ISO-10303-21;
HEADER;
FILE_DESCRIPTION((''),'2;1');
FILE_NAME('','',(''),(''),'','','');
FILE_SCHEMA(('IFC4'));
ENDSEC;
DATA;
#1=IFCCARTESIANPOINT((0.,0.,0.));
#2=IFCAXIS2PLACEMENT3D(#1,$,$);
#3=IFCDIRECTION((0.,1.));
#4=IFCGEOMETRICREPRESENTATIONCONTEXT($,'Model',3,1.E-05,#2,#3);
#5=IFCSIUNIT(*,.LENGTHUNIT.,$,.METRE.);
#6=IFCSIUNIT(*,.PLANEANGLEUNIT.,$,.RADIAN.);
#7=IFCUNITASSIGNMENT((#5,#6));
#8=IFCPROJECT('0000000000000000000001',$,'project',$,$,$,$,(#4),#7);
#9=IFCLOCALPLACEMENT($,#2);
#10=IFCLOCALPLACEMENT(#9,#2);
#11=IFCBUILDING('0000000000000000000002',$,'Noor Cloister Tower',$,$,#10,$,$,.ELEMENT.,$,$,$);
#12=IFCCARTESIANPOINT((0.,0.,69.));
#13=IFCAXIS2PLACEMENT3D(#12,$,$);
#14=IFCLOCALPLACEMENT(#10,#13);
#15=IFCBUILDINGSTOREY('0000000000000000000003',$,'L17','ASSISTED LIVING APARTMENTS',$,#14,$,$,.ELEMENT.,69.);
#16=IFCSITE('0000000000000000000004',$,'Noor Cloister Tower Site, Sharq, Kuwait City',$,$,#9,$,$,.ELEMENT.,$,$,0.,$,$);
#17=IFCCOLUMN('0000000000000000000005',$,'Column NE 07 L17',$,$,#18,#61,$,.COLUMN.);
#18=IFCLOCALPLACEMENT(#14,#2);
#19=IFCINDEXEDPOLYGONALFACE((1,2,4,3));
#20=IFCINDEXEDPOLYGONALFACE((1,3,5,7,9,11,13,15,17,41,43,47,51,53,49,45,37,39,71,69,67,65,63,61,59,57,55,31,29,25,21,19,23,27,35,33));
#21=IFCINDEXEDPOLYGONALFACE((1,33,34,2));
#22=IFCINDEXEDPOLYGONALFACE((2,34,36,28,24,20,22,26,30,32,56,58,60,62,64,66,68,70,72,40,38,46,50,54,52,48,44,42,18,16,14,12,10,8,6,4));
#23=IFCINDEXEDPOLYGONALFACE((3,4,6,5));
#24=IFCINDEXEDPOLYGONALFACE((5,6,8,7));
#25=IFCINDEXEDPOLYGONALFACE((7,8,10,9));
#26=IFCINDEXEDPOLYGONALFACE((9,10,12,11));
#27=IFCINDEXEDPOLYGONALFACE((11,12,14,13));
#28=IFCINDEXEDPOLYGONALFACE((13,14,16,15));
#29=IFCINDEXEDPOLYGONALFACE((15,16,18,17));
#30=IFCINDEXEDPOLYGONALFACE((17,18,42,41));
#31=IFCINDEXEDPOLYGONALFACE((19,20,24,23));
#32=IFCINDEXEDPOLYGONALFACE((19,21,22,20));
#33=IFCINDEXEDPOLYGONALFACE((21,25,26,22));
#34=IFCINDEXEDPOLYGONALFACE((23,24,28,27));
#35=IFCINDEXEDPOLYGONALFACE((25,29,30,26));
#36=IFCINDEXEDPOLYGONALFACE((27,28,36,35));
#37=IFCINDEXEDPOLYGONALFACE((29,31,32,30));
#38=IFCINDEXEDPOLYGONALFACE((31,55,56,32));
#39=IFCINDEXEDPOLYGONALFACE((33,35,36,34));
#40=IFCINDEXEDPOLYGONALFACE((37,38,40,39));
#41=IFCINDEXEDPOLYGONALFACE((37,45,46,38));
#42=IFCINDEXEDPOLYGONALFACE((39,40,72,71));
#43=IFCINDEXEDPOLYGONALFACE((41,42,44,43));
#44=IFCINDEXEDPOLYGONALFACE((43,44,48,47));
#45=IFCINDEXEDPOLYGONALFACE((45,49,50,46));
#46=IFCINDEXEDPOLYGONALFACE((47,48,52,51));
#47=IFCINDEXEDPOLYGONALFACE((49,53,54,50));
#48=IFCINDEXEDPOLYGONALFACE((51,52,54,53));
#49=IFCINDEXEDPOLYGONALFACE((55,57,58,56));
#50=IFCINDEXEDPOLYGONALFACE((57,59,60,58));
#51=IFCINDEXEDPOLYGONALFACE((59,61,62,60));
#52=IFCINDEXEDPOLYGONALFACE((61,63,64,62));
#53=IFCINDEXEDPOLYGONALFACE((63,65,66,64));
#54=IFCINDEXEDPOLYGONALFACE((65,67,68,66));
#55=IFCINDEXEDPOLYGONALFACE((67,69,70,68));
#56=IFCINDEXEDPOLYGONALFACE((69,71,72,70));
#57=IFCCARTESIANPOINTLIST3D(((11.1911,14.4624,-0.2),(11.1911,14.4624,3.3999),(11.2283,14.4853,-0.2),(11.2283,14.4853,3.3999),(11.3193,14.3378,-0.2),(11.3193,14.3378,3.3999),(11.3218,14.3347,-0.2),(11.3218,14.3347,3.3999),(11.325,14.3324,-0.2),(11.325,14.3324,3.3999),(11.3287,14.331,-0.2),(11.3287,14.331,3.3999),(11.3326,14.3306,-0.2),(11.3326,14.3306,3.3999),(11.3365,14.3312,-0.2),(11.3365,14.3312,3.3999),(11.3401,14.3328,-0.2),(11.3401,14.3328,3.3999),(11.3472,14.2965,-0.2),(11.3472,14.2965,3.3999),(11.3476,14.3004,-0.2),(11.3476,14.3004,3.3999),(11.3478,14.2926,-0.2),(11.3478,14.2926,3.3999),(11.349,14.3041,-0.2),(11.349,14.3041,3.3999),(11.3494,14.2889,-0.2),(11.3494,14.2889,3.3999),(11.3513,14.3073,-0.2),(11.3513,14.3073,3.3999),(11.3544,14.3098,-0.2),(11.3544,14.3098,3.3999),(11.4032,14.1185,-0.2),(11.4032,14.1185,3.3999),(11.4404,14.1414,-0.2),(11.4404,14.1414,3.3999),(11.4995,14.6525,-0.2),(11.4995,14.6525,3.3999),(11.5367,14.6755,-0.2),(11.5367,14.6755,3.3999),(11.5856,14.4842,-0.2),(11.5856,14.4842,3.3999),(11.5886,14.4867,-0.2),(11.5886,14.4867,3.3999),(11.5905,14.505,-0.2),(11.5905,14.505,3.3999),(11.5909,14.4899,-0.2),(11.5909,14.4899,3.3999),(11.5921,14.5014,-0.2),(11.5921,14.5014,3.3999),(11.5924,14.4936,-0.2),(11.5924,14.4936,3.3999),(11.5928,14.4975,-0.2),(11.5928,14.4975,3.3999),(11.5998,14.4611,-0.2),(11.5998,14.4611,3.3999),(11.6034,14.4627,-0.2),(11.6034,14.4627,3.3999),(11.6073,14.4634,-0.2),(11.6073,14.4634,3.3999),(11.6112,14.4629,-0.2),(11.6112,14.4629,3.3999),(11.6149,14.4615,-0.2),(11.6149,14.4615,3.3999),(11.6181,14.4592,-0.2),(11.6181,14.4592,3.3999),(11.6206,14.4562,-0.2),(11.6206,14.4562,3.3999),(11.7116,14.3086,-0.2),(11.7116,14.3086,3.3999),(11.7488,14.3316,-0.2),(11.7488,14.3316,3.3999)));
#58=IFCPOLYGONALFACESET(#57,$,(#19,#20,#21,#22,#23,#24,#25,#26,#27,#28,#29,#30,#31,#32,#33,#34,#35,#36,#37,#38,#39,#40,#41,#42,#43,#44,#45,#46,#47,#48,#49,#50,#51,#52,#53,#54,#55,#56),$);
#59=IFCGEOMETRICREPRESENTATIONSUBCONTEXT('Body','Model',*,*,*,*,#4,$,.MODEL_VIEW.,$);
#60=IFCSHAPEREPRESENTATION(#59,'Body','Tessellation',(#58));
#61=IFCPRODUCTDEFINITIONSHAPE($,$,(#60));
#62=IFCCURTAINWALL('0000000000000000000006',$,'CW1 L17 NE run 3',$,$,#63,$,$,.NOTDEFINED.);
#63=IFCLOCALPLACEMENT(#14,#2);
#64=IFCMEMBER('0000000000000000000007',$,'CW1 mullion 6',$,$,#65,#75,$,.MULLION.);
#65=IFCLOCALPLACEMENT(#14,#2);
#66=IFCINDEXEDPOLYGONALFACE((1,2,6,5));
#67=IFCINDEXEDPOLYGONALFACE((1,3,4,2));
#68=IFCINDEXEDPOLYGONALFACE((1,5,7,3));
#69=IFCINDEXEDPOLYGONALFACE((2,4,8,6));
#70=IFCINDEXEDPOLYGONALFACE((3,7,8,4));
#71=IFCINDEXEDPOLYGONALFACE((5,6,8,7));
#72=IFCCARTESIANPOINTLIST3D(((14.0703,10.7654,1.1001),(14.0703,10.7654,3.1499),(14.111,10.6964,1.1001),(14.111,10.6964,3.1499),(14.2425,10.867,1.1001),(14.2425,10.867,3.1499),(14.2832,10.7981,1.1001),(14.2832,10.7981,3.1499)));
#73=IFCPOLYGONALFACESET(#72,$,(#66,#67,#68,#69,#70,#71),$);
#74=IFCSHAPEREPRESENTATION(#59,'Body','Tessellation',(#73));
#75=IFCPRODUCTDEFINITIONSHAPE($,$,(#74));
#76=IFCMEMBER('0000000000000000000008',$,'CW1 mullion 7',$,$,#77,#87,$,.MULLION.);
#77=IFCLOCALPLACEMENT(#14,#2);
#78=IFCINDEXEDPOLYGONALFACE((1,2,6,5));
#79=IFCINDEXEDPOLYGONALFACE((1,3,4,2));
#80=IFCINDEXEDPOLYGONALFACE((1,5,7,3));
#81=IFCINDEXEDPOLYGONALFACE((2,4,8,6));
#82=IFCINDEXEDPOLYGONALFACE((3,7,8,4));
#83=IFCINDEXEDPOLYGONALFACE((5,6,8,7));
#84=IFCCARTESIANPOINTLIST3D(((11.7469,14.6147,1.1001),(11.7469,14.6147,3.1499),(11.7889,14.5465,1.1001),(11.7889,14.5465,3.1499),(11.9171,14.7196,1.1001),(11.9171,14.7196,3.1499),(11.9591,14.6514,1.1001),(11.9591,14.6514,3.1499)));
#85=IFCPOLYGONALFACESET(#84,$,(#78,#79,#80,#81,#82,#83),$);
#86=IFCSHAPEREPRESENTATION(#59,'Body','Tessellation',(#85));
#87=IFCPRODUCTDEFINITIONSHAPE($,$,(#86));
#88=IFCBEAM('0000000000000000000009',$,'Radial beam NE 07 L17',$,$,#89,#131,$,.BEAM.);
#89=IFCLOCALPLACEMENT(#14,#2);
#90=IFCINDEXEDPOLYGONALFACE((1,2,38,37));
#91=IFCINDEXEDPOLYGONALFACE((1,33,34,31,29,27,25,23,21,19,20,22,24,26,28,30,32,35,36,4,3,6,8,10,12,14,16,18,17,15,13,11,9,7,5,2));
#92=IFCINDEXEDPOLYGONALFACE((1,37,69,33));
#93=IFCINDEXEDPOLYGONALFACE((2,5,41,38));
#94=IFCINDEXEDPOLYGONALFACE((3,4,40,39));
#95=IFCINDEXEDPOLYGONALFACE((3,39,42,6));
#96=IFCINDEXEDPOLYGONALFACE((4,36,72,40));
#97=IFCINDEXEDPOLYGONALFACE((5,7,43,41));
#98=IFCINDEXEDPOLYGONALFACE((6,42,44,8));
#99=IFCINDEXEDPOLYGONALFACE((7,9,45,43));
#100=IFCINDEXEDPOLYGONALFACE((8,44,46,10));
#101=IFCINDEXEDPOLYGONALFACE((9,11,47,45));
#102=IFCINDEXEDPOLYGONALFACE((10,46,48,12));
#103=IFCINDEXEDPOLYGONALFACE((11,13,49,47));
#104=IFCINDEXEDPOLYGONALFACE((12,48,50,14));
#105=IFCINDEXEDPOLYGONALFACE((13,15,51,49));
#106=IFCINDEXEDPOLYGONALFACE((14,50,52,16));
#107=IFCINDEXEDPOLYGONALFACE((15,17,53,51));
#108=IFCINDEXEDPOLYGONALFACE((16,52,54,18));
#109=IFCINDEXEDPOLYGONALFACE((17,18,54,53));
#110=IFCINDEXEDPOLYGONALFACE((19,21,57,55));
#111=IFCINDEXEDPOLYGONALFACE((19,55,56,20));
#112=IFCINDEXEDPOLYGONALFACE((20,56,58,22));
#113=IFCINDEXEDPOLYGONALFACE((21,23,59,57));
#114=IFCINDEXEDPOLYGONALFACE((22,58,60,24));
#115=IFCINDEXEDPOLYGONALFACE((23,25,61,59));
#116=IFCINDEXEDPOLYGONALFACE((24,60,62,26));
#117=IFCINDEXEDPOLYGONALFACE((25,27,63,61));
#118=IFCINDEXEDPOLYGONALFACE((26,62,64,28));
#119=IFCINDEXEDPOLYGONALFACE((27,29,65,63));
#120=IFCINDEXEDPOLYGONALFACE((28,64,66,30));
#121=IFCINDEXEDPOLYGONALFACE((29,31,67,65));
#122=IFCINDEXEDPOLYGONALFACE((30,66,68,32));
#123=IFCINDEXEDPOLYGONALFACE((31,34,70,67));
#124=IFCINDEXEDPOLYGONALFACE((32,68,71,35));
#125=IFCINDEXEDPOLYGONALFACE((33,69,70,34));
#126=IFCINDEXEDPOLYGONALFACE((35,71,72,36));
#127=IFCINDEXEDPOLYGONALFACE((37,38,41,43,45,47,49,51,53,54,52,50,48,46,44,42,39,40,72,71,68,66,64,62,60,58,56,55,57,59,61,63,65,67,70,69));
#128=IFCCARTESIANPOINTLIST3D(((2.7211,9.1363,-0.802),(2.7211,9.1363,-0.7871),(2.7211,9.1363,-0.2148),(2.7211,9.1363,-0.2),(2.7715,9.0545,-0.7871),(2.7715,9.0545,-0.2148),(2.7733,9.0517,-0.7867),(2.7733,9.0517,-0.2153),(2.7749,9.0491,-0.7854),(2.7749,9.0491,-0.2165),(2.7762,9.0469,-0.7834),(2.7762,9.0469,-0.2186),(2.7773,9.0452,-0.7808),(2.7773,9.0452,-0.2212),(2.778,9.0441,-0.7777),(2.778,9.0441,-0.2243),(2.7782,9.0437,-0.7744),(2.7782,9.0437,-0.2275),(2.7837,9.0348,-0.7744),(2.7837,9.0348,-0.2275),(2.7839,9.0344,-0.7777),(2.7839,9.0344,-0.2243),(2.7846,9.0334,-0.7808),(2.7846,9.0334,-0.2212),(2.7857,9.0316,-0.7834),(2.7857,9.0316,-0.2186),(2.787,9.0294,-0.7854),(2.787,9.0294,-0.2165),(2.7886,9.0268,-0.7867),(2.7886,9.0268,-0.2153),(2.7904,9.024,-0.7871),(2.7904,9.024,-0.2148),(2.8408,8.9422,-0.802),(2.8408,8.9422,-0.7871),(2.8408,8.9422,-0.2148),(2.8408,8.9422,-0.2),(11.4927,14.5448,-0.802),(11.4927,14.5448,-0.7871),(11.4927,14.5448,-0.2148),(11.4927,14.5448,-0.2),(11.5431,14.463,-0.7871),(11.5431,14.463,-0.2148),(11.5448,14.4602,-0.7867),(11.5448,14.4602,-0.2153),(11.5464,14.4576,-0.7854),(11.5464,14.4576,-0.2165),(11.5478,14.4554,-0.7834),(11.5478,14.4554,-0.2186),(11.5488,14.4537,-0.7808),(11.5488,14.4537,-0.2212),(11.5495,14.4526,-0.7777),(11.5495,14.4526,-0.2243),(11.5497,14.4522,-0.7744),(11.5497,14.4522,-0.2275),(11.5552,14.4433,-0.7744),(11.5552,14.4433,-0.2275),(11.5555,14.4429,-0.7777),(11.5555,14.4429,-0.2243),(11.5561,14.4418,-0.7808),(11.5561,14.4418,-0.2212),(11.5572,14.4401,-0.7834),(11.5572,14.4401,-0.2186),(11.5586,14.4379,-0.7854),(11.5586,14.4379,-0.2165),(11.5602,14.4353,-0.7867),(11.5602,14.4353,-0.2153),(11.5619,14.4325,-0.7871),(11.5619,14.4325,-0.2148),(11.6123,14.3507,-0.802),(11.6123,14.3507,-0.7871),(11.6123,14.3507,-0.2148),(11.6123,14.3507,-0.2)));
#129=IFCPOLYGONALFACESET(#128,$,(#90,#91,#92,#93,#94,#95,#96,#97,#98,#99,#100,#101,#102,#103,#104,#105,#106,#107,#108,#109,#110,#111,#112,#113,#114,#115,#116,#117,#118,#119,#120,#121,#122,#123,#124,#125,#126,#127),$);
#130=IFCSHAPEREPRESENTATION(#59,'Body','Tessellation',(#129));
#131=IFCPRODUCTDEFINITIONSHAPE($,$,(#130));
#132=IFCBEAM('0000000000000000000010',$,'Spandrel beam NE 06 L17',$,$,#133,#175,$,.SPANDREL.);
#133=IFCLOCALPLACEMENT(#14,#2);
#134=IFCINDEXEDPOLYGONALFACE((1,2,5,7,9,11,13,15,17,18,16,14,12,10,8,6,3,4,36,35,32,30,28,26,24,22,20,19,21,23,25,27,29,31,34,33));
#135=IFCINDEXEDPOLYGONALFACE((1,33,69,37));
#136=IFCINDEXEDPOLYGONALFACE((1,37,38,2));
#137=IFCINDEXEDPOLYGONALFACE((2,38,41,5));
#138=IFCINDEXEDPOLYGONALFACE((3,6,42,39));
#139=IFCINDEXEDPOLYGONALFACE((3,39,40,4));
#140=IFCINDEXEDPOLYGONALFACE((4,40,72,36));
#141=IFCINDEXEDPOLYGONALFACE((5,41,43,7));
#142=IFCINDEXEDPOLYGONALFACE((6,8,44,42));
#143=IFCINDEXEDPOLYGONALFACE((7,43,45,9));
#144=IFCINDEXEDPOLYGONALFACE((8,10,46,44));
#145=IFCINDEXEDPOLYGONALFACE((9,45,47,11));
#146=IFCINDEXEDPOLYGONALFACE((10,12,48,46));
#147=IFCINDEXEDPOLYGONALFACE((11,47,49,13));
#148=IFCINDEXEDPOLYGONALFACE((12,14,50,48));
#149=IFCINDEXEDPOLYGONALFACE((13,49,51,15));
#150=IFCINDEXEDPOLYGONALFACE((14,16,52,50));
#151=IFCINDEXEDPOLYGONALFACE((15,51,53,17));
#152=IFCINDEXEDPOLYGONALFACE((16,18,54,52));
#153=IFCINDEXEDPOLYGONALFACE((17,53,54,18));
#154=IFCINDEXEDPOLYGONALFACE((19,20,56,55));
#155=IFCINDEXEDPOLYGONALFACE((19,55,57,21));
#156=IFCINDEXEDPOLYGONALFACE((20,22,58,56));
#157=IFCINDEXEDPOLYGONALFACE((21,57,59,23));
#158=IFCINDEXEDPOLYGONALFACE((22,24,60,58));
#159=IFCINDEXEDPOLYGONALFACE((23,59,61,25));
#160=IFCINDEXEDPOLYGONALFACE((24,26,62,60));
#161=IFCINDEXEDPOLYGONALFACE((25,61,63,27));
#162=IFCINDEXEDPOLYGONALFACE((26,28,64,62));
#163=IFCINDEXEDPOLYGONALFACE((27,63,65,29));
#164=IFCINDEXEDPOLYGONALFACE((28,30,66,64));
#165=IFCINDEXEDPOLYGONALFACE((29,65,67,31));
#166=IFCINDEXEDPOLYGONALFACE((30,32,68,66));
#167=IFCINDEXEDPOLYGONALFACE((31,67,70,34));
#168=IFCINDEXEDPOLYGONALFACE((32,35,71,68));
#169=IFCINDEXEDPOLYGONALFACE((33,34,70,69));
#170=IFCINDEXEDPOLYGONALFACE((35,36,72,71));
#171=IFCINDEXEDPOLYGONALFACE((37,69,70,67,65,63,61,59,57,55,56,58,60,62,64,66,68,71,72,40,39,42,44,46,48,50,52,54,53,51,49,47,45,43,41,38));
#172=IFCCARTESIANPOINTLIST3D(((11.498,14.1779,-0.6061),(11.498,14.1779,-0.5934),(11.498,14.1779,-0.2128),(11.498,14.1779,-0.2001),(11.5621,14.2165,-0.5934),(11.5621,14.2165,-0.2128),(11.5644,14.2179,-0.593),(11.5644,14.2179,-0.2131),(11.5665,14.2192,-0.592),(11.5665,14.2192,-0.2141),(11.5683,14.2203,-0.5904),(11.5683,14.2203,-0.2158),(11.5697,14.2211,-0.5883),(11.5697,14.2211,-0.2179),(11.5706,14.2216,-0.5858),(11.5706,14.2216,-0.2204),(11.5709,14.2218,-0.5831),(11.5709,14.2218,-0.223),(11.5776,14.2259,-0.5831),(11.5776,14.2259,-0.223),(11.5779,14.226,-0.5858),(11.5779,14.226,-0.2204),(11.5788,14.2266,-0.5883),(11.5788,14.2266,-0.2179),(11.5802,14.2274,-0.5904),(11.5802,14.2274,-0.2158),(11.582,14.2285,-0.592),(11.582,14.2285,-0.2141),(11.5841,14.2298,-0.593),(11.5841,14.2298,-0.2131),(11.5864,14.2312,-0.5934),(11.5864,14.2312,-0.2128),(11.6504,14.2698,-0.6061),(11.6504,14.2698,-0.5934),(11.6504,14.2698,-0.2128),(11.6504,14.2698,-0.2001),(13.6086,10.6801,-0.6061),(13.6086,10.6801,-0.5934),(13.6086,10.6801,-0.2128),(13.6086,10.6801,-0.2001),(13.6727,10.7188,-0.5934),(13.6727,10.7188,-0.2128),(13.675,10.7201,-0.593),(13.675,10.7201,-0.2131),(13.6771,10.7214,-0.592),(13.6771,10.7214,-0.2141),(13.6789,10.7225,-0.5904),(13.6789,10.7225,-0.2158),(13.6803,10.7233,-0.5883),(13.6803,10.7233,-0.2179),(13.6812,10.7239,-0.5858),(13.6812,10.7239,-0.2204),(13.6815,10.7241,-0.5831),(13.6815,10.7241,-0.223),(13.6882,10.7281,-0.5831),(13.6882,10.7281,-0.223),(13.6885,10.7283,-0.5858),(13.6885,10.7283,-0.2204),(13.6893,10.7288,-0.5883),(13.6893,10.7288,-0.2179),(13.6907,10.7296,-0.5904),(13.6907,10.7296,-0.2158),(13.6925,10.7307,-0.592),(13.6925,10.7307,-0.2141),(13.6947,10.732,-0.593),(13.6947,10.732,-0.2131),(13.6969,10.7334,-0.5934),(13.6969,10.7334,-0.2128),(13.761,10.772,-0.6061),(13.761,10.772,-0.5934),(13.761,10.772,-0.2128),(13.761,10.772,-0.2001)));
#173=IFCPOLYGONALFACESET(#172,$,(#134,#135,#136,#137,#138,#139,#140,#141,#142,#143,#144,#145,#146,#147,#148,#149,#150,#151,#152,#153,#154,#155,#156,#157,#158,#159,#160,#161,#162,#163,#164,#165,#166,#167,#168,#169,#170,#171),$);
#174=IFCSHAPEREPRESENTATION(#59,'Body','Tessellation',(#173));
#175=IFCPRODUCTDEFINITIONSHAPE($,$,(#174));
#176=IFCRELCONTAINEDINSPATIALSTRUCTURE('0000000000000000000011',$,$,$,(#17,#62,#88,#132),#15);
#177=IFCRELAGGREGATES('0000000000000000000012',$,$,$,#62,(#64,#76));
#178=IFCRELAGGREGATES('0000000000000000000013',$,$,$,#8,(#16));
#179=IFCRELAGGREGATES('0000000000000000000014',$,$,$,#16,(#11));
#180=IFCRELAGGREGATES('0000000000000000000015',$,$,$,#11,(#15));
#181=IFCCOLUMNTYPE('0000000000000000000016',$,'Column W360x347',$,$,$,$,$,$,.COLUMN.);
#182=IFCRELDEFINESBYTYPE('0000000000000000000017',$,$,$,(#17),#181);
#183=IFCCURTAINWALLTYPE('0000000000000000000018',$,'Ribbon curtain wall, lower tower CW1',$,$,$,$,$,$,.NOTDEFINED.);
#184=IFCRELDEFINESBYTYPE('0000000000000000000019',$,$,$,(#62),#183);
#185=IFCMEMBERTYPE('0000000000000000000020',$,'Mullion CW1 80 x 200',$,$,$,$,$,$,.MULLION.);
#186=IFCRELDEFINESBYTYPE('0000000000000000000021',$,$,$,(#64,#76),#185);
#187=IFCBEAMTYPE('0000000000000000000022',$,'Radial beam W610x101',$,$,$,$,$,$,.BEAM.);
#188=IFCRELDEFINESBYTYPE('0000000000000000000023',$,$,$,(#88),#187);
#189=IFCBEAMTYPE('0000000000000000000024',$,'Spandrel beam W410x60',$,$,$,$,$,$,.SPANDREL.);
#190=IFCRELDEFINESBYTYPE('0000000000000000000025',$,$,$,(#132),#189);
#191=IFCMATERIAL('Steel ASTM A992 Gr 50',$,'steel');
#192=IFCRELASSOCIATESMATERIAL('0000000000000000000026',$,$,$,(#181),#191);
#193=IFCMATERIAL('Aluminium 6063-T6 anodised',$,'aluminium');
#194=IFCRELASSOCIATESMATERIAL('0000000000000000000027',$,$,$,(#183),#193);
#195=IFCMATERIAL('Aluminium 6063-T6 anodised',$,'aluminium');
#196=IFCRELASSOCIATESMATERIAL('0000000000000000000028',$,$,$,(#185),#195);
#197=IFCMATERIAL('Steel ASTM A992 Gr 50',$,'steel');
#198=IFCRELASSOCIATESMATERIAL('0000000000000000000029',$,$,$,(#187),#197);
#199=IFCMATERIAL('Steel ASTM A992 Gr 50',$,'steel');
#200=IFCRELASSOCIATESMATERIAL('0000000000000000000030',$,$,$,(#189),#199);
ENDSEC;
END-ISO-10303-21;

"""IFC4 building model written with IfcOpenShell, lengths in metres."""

from ifc_helpers import new_model, si_unit, direction, frame, origin, origin_2d, place, context, subcontext, project, spatial, rectangle, i_section, extrude, material, material_profile, profile_set, type_object, element, aggregate, save


model = new_model("IFC4")

# Units and contexts
model_context = context("Model", 3, precision=1e-05, world=origin(), true_north=direction((0.0, 1.0)))
body_context = subcontext(model_context, "Body", "Model", "MODEL_VIEW")
ifc_project = project(units=[si_unit("LENGTHUNIT", "METRE"), si_unit("PLANEANGLEUNIT", "RADIAN")], contexts=[model_context])

# Site, building, storey
site_placement = place(None, origin())
site = spatial("IfcSite", under=ifc_project, at=site_placement, Name="Noor Cloister Tower Site, Sharq, Kuwait City", CompositionType="ELEMENT", RefElevation=0.0)
building_placement = place(site_placement, origin())
building = spatial("IfcBuilding", under=site, at=building_placement, Name="Noor Cloister Tower", CompositionType="ELEMENT")
storey_placement = place(building_placement, frame((0.0, 0.0, 69.0)))
storey = spatial("IfcBuildingStorey", under=building, at=storey_placement, Name="L17", Description="ASSISTED LIVING APARTMENTS", CompositionType="ELEMENT", Elevation=69.0)

# Column
ifc_material_1 = material(Name="Steel ASTM A992 Gr 50", Category="steel")
ifc_material_profile_1 = material_profile(ifc_material_1, i_section(OverallWidth=0.4041, OverallDepth=0.406, WebThickness=0.0271, FlangeThickness=0.0437, FilletRadius=0.0151, at=origin_2d()), Name="W360x347")
ifc_profile_set_1 = profile_set([ifc_material_profile_1], Name="Steel ASTM A992 Gr 50")
column_type = type_object("IfcColumnType", Name="Column W360x347", PredefinedType="COLUMN", material=ifc_profile_set_1)
column_placement = place(storey_placement, frame((11.47, 14.397, -0.2), z_axis=(0.0, 0.0, 1.0), x_axis=(-0.524849, 0.851196, 0.0)))
element("IfcColumn", 1, at=column_placement, inside=storey, type_object=column_type, Name="Column NE 07 L17", PredefinedType="COLUMN", context=body_context, shape_type="SweptSolid", body=[
    extrude(i_section(OverallWidth=0.4041, OverallDepth=0.406, WebThickness=0.0271, FlangeThickness=0.0437, FilletRadius=0.0151, at=origin_2d()), origin(), (0.0, 0.0, 1.0), 3.5999),
])

# Curtain wall, members
ifc_material_2 = material(Name="Aluminium 6063-T6 anodised", Category="aluminium")
curtain_wall_type = type_object("IfcCurtainWallType", Name="Ribbon curtain wall, lower tower CW1", PredefinedType="NOTDEFINED", material=ifc_material_2)
curtain_wall_placement = place(storey_placement, origin())
curtain_wall = element("IfcCurtainWall", 2, at=curtain_wall_placement, inside=storey, type_object=curtain_wall_type, Name="CW1 L17 NE run 3", PredefinedType="NOTDEFINED")
ifc_material_3 = material(Name="Aluminium 6063-T6 anodised", Category="aluminium")
ifc_material_profile_2 = material_profile(ifc_material_3, rectangle(XDim=0.2, YDim=0.0801, at=origin_2d()), Name="200 x 80 mullion")
ifc_profile_set_2 = profile_set([ifc_material_profile_2], Name="Aluminium 6063-T6 anodised")
member_type = type_object("IfcMemberType", Name="Mullion CW1 80 x 200", PredefinedType="MULLION", material=ifc_profile_set_2)
member_1_placement = place(storey_placement, frame((14.1768, 10.7817, 1.1001), z_axis=(0.0, 0.0, 1.0), x_axis=(-0.861162, -0.50833, 0.0)))
member_1 = element("IfcMember", 3, at=member_1_placement, type_object=member_type, Name="CW1 mullion 6", PredefinedType="MULLION", context=body_context, shape_type="SweptSolid", body=[
    extrude(rectangle(XDim=0.2, YDim=0.0801, at=origin_2d()), origin(), (0.0, 0.0, 1.0), 2.0498),
])
member_2_placement = place(storey_placement, frame((11.853, 14.6331, 1.1001), z_axis=(0.0, 0.0, 1.0), x_axis=(-0.851196, -0.524849, 0.0)))
member_2 = element("IfcMember", 4, at=member_2_placement, type_object=member_type, Name="CW1 mullion 7", PredefinedType="MULLION", context=body_context, shape_type="SweptSolid", body=[
    extrude(rectangle(XDim=0.2, YDim=0.0801, at=origin_2d()), origin(), (0.0, 0.0, 1.0), 2.0498),
])

# Beams
ifc_material_4 = material(Name="Steel ASTM A992 Gr 50", Category="steel")
ifc_material_profile_3 = material_profile(ifc_material_4, i_section(OverallWidth=0.228, OverallDepth=0.6021, WebThickness=0.0105, FlangeThickness=0.0149, FilletRadius=0.0127, at=origin_2d()), Name="W610x101")
ifc_profile_set_3 = profile_set([ifc_material_profile_3], Name="Steel ASTM A992 Gr 50")
beam_type_1 = type_object("IfcBeamType", Name="Radial beam W610x101", PredefinedType="BEAM", material=ifc_profile_set_3)
beam_1_placement = place(storey_placement, frame((11.5525, 14.4478, -0.501), z_axis=(-0.851198, -0.524844, 0.0), x_axis=(0.524844, -0.851198, 0.0)))
element("IfcBeam", 5, at=beam_1_placement, inside=storey, type_object=beam_type_1, Name="Radial beam NE 07 L17", PredefinedType="BEAM", context=body_context, shape_type="SweptSolid", body=[
    extrude(i_section(OverallWidth=0.228, OverallDepth=0.6021, WebThickness=0.0105, FlangeThickness=0.0149, FilletRadius=0.0127, at=origin_2d()), origin(), (0.0, 0.0, 1.0), 10.3049),
])
ifc_material_5 = material(Name="Steel ASTM A992 Gr 50", Category="steel")
ifc_material_profile_4 = material_profile(ifc_material_5, i_section(OverallWidth=0.178, OverallDepth=0.406, WebThickness=0.0078, FlangeThickness=0.0127, FilletRadius=0.0103, at=origin_2d()), Name="W410x60")
ifc_profile_set_4 = profile_set([ifc_material_profile_4], Name="Steel ASTM A992 Gr 50")
beam_type_2 = type_object("IfcBeamType", Name="Spandrel beam W410x60", PredefinedType="SPANDREL", material=ifc_profile_set_4)
beam_2_placement = place(storey_placement, frame((13.6848, 10.7261, -0.4031), z_axis=(-0.516639, 0.856204, 0.0), x_axis=(-0.856204, -0.516639, 0.0)))
element("IfcBeam", 6, at=beam_2_placement, inside=storey, type_object=beam_type_2, Name="Spandrel beam NE 06 L17", PredefinedType="SPANDREL", context=body_context, shape_type="SweptSolid", body=[
    extrude(i_section(OverallWidth=0.178, OverallDepth=0.406, WebThickness=0.0078, FlangeThickness=0.0127, FilletRadius=0.0103, at=origin_2d()), origin(), (0.0, 0.0, 1.0), 4.0852),
])

aggregate(curtain_wall, [member_1, member_2])

save(model, "model.ifc")
